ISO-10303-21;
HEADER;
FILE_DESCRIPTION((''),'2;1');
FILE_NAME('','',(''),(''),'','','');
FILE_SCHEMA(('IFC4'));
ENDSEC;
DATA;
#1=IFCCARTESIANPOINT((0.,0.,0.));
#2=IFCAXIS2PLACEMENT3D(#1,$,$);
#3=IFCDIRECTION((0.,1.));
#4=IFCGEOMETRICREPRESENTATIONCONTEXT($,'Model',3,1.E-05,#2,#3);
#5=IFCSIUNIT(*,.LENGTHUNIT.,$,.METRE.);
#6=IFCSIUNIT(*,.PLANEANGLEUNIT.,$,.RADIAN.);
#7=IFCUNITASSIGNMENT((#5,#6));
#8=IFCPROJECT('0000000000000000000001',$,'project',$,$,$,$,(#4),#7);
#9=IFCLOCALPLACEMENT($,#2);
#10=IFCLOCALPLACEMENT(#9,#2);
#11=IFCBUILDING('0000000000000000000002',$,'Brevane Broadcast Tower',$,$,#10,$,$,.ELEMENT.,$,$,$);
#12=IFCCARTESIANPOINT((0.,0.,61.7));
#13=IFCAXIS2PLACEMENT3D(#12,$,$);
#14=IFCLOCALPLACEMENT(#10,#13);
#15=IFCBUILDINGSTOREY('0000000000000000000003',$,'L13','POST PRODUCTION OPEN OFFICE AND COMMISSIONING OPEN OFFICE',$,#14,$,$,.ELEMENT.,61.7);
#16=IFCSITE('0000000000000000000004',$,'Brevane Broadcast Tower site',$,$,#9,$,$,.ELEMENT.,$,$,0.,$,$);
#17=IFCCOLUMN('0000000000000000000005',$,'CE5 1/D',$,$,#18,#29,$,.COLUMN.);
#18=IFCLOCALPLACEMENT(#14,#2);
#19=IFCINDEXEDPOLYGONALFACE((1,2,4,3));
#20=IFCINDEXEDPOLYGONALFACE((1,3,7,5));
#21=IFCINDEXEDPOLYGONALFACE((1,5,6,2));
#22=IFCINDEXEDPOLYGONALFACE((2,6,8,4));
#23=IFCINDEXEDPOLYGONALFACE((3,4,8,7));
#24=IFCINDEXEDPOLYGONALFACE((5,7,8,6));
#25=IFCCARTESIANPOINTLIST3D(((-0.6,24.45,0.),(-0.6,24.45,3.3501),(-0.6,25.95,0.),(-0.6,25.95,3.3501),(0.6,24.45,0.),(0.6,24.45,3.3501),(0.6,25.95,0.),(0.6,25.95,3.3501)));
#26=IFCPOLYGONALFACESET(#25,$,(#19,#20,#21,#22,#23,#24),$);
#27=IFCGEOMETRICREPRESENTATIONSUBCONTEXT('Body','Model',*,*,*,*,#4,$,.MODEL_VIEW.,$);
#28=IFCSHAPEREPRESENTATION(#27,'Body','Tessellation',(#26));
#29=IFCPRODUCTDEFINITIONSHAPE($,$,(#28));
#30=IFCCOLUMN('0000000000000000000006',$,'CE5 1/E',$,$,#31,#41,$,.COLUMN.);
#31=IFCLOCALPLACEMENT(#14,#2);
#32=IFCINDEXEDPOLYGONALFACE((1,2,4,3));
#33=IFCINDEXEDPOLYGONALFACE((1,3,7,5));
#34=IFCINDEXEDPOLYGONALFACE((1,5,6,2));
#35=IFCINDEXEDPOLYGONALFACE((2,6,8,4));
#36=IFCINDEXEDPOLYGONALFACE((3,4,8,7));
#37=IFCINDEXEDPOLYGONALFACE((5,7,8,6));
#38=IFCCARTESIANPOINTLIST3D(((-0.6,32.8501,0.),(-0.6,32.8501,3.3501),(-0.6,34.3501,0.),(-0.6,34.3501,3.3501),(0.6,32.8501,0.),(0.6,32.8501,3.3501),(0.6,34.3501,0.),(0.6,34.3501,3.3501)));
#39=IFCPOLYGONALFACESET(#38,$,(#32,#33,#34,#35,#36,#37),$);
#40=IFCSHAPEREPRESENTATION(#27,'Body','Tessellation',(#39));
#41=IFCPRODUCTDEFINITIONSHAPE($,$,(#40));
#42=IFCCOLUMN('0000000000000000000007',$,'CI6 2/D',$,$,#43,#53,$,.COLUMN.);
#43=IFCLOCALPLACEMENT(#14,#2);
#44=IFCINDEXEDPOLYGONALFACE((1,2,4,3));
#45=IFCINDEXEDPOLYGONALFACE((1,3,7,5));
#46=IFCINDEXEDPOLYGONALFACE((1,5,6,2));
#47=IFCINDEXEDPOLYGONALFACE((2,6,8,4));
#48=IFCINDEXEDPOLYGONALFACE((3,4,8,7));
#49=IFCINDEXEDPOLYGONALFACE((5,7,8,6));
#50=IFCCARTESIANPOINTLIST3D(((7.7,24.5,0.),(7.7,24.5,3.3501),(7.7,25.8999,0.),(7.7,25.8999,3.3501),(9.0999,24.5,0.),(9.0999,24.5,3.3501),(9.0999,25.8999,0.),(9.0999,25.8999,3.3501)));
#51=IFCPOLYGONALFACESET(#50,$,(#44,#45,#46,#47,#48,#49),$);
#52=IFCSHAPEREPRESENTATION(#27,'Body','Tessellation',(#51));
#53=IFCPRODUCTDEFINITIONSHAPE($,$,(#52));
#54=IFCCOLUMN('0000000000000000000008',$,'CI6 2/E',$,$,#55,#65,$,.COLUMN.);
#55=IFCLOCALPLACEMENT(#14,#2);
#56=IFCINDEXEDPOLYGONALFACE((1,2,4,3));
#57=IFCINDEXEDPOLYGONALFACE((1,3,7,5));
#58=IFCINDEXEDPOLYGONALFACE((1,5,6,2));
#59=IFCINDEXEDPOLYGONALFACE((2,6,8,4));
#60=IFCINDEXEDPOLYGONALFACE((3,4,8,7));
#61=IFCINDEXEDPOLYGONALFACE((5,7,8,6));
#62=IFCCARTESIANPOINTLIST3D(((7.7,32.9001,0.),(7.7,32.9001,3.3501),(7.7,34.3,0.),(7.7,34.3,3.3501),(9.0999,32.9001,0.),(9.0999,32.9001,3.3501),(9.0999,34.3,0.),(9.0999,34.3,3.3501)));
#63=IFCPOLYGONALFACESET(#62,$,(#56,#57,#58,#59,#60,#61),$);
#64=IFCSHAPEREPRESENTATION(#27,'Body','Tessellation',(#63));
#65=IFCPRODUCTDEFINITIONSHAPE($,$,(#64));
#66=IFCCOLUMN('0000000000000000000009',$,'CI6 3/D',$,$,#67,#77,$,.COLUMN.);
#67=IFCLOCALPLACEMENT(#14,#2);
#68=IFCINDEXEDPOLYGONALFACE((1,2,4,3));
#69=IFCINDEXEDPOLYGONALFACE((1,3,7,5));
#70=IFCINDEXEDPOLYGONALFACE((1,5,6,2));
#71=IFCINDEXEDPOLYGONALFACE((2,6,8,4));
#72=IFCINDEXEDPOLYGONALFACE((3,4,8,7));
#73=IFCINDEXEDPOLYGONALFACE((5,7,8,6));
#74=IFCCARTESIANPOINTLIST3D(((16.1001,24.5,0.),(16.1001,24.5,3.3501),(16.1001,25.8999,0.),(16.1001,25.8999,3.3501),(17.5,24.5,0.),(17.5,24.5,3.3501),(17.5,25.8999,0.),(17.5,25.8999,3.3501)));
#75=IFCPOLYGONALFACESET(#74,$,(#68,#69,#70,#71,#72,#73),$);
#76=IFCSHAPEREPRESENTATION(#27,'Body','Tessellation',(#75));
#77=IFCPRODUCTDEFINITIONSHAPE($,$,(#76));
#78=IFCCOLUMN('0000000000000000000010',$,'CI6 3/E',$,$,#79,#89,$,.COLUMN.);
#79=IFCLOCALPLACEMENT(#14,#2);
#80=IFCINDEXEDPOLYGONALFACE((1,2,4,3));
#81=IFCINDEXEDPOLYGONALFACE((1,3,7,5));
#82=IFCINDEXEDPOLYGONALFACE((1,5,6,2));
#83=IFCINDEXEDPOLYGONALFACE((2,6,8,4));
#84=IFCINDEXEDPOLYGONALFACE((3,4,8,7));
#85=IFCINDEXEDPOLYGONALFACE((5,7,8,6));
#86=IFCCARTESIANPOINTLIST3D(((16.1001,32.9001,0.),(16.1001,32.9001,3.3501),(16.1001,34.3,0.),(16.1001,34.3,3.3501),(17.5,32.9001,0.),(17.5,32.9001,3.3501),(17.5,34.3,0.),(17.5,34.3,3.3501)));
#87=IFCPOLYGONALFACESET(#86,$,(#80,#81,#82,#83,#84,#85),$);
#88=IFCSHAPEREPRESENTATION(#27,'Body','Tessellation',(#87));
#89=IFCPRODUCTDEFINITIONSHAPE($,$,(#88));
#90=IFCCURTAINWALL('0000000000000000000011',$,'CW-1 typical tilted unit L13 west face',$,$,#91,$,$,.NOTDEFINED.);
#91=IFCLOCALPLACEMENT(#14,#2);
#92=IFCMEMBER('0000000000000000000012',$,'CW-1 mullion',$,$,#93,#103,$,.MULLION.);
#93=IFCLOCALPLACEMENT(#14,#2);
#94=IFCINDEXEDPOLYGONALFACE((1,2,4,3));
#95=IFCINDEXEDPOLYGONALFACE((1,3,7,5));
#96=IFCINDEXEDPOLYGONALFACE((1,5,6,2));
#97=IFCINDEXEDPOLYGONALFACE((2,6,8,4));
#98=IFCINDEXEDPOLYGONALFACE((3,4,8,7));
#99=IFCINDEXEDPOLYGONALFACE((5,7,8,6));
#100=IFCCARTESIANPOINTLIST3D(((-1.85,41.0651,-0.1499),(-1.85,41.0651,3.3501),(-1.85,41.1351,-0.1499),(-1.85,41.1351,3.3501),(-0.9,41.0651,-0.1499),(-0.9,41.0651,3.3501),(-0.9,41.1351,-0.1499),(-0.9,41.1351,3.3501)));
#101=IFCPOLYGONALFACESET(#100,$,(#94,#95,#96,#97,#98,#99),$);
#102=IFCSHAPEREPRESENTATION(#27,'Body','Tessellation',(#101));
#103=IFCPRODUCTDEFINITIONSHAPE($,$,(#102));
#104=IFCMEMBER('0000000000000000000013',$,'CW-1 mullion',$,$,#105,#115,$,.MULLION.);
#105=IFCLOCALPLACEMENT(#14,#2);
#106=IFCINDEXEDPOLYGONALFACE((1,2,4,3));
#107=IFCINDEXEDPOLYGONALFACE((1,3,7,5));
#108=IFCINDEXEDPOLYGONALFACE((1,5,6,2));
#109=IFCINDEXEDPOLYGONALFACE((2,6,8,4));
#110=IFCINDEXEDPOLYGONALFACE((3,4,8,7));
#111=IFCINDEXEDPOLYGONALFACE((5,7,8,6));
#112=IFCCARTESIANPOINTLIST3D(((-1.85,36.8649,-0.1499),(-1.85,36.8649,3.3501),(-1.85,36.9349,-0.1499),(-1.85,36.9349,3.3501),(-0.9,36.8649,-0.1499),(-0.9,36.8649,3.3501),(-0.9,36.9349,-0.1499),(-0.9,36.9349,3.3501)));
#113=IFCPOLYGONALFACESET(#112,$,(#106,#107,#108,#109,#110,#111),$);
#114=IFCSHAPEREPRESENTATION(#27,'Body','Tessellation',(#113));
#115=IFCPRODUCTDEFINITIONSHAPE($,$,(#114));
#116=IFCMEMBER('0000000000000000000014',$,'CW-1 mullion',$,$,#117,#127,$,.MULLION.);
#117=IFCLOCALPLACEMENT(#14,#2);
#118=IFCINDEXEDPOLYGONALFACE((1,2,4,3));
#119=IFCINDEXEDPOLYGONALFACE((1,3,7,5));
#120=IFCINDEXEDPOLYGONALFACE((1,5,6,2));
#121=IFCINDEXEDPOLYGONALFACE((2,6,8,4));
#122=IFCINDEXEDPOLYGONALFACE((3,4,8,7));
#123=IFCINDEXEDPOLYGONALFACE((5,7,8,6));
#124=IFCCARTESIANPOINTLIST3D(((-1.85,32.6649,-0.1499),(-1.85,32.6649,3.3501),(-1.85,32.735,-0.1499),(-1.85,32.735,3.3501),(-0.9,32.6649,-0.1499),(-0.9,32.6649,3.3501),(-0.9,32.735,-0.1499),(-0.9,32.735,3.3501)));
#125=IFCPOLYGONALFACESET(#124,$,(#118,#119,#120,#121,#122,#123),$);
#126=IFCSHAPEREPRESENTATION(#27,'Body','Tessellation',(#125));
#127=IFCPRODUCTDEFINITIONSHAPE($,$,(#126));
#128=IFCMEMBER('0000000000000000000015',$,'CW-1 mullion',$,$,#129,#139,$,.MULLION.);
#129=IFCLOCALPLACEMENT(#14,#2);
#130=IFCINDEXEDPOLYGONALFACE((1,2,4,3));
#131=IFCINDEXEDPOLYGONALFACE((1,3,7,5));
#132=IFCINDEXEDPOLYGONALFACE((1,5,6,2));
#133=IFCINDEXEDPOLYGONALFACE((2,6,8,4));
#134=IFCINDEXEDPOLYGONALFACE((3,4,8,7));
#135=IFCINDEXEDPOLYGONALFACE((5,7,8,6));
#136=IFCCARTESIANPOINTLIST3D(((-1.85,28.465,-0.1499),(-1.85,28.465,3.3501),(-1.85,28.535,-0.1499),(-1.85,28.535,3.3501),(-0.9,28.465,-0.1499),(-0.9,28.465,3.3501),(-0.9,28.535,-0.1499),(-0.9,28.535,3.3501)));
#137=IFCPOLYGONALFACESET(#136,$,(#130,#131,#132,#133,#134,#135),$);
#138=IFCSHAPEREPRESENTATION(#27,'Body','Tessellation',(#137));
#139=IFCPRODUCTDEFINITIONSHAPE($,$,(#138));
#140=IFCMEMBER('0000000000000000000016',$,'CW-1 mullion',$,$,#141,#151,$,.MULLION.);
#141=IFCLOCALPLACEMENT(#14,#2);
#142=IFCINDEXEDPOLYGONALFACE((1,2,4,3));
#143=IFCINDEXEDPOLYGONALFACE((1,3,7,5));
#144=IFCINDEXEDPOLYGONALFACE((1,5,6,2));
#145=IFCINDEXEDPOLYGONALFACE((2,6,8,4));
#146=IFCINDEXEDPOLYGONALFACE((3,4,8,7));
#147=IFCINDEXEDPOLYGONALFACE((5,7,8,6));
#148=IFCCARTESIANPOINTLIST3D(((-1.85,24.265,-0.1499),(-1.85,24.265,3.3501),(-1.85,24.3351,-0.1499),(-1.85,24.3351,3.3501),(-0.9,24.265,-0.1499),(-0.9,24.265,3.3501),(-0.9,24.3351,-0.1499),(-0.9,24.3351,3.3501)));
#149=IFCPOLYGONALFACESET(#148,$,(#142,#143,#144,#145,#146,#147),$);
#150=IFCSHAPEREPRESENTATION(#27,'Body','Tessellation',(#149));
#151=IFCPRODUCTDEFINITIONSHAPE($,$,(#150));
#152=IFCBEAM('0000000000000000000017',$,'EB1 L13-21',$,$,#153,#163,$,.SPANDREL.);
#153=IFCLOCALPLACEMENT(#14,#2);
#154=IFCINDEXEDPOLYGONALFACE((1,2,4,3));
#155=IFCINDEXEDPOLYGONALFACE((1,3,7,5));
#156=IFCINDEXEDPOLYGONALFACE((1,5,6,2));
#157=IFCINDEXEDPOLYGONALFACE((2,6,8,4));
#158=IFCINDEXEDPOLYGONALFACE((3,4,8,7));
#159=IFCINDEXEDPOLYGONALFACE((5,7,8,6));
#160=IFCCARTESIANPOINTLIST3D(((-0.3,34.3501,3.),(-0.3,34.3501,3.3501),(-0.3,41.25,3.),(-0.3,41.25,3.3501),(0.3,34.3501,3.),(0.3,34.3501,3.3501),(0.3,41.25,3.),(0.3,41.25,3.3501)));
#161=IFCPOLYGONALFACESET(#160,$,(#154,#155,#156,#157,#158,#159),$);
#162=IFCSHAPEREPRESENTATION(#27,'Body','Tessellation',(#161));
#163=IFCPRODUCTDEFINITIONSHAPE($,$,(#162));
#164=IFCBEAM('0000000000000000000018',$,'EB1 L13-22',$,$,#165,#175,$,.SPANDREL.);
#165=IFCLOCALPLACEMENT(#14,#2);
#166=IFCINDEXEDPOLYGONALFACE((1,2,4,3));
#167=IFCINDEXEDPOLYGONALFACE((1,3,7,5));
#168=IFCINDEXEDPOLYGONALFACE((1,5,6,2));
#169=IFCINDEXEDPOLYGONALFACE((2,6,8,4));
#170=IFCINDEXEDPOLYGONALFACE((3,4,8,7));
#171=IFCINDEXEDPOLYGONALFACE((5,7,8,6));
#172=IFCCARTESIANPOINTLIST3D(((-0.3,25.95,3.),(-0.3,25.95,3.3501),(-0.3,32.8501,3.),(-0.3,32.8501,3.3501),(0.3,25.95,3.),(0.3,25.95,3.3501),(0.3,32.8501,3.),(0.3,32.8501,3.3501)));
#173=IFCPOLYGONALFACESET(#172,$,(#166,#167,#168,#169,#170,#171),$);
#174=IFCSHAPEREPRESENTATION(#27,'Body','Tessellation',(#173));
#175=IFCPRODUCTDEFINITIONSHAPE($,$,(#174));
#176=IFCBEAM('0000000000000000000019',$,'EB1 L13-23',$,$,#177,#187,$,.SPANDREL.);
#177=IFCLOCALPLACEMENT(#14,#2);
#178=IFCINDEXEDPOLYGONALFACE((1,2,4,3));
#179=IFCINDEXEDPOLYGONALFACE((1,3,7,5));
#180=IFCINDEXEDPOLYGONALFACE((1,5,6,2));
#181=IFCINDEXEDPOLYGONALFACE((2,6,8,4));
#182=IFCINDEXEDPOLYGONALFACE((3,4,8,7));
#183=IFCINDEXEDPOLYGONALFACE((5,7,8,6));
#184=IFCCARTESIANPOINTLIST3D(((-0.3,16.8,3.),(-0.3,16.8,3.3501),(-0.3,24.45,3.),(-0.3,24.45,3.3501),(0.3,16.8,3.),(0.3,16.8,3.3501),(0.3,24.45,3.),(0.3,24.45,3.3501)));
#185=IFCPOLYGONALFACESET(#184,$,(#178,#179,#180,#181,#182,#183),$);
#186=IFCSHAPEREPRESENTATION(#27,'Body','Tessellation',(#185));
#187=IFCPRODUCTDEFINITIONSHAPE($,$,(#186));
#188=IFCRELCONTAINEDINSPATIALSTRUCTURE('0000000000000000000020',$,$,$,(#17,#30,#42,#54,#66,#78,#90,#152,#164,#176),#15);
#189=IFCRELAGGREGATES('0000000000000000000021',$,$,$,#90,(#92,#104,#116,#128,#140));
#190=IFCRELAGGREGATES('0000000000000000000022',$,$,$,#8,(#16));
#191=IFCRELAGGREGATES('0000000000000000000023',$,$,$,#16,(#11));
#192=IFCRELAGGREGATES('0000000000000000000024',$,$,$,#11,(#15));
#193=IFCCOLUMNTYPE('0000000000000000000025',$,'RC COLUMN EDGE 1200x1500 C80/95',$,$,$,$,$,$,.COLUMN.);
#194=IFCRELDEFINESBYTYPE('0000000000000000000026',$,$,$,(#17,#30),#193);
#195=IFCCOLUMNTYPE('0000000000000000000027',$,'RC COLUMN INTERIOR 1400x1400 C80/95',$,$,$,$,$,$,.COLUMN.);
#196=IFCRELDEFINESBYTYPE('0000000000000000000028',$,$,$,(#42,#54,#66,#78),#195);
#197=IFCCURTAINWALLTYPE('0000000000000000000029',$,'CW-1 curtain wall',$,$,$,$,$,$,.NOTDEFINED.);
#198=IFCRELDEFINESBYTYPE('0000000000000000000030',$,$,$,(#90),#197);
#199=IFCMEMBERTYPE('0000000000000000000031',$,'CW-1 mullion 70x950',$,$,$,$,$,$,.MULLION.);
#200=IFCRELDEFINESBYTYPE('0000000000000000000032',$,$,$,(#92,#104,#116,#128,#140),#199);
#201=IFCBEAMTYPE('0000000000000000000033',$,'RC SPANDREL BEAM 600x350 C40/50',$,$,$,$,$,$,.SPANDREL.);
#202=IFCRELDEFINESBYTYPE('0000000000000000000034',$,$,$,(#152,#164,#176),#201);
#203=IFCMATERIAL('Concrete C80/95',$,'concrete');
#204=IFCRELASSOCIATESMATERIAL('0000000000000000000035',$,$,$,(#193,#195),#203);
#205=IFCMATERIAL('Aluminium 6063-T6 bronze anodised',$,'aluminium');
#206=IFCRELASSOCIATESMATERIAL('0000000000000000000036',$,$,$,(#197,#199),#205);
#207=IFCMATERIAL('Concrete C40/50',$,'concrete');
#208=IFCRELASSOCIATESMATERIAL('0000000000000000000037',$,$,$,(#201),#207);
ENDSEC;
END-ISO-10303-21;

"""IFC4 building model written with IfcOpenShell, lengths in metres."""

from ifc_helpers import new_model, si_unit, direction, frame, origin, origin_2d, place, context, subcontext, project, spatial, rectangle, extrude, material, material_profile, profile_set, type_object, element, aggregate, save


model = new_model("IFC4")

# Units and contexts
model_context = context("Model", 3, precision=1e-05, world=origin(), true_north=direction((0.0, 1.0)))
body_context = subcontext(model_context, "Body", "Model", "MODEL_VIEW")
ifc_project = project(units=[si_unit("LENGTHUNIT", "METRE"), si_unit("PLANEANGLEUNIT", "RADIAN")], contexts=[model_context])

# Site, building, storey
site_placement = place(None, origin())
site = spatial("IfcSite", under=ifc_project, at=site_placement, Name="Brevane Broadcast Tower site", CompositionType="ELEMENT", RefElevation=0.0)
building_placement = place(site_placement, origin())
building = spatial("IfcBuilding", under=site, at=building_placement, Name="Brevane Broadcast Tower", CompositionType="ELEMENT")
storey_placement = place(building_placement, frame((0.0, 0.0, 61.7)))
storey = spatial("IfcBuildingStorey", under=building, at=storey_placement, Name="L13", Description="POST PRODUCTION OPEN OFFICE AND COMMISSIONING OPEN OFFICE", CompositionType="ELEMENT", Elevation=61.7)

# Columns
ifc_material_1 = material(Name="Concrete C80/95", Category="concrete")
ifc_material_profile_1 = material_profile(ifc_material_1, rectangle(XDim=1.2, YDim=1.5, at=origin_2d()), Name="RC 1200x1500")
ifc_profile_set_1 = profile_set([ifc_material_profile_1], Name="Concrete C80/95")
column_type_1 = type_object("IfcColumnType", Name="RC COLUMN EDGE 1200x1500 C80/95", PredefinedType="COLUMN", material=ifc_profile_set_1)
for number, where, z_axis, x_axis, name in (
    (1, (0.0, 25.2, 0.0), (0.0, 0.0, 1.0), (1.0, 0.0, 0.0), "CE5 1/D"),
    (2, (0.0, 33.6001, 0.0), (0.0, 0.0, 1.0), (1.0, 0.0, 0.0), "CE5 1/E"),
):
    element("IfcColumn", number, at=place(storey_placement, frame(where, z_axis=z_axis, x_axis=x_axis)), inside=storey, type_object=column_type_1, Name=name, PredefinedType="COLUMN", context=body_context, shape_type="SweptSolid", body=[
        extrude(rectangle(XDim=1.2, YDim=1.5, at=origin_2d()), origin(), (0.0, 0.0, 1.0), 3.3501),
    ])
ifc_material_profile_2 = material_profile(ifc_material_1, rectangle(XDim=1.3999, YDim=1.3999, at=origin_2d()), Name="RC 1400x1400")
ifc_profile_set_2 = profile_set([ifc_material_profile_2], Name="Concrete C80/95")
column_type_2 = type_object("IfcColumnType", Name="RC COLUMN INTERIOR 1400x1400 C80/95", PredefinedType="COLUMN", material=ifc_profile_set_2)
for number, where, z_axis, x_axis, name in (
    (3, (8.3999, 25.2, 0.0), (0.0, 0.0, 1.0), (1.0, 0.0, 0.0), "CI6 2/D"),
    (4, (8.3999, 33.6001, 0.0), (0.0, 0.0, 1.0), (1.0, 0.0, 0.0), "CI6 2/E"),
    (5, (16.8, 25.2, 0.0), (0.0, 0.0, 1.0), (1.0, 0.0, 0.0), "CI6 3/D"),
    (6, (16.8, 33.6001, 0.0), (0.0, 0.0, 1.0), (1.0, 0.0, 0.0), "CI6 3/E"),
):
    element("IfcColumn", number, at=place(storey_placement, frame(where, z_axis=z_axis, x_axis=x_axis)), inside=storey, type_object=column_type_2, Name=name, PredefinedType="COLUMN", context=body_context, shape_type="SweptSolid", body=[
        extrude(rectangle(XDim=1.3999, YDim=1.3999, at=origin_2d()), origin(), (0.0, 0.0, 1.0), 3.3501),
    ])

# Curtain wall, members
ifc_material_2 = material(Name="Aluminium 6063-T6 bronze anodised", Category="aluminium")
curtain_wall_type = type_object("IfcCurtainWallType", Name="CW-1 curtain wall", PredefinedType="NOTDEFINED", material=ifc_material_2)
curtain_wall_placement = place(storey_placement, origin())
curtain_wall = element("IfcCurtainWall", 7, at=curtain_wall_placement, inside=storey, type_object=curtain_wall_type, Name="CW-1 typical tilted unit L13 west face", PredefinedType="NOTDEFINED")
ifc_material_profile_3 = material_profile(ifc_material_2, rectangle(XDim=0.95, YDim=0.0701, at=origin_2d()), Name="RECT 70x950")
ifc_profile_set_3 = profile_set([ifc_material_profile_3], Name="Aluminium 6063-T6 bronze anodised")
member_type = type_object("IfcMemberType", Name="CW-1 mullion 70x950", PredefinedType="MULLION", material=ifc_profile_set_3)
member_1_placement = place(storey_placement, frame((-1.375, 41.1001, -0.1499), z_axis=(0.0, 0.0, 1.0), x_axis=(1.0, 0.0, 0.0)))
member_1 = element("IfcMember", 8, at=member_1_placement, type_object=member_type, Name="CW-1 mullion", PredefinedType="MULLION", context=body_context, shape_type="SweptSolid", body=[
    extrude(rectangle(XDim=0.95, YDim=0.0701, at=origin_2d()), origin(), (0.0, 0.0, 1.0), 3.5),
])
member_2_placement = place(storey_placement, frame((-1.375, 36.8999, -0.1499), z_axis=(0.0, 0.0, 1.0), x_axis=(1.0, 0.0, 0.0)))
member_2 = element("IfcMember", 9, at=member_2_placement, type_object=member_type, Name="CW-1 mullion", PredefinedType="MULLION", context=body_context, shape_type="SweptSolid", body=[
    extrude(rectangle(XDim=0.95, YDim=0.0701, at=origin_2d()), origin(), (0.0, 0.0, 1.0), 3.5),
])
member_3_placement = place(storey_placement, frame((-1.375, 32.7, -0.1499), z_axis=(0.0, 0.0, 1.0), x_axis=(1.0, 0.0, 0.0)))
member_3 = element("IfcMember", 10, at=member_3_placement, type_object=member_type, Name="CW-1 mullion", PredefinedType="MULLION", context=body_context, shape_type="SweptSolid", body=[
    extrude(rectangle(XDim=0.95, YDim=0.0701, at=origin_2d()), origin(), (0.0, 0.0, 1.0), 3.5),
])
member_4_placement = place(storey_placement, frame((-1.375, 28.5, -0.1499), z_axis=(0.0, 0.0, 1.0), x_axis=(1.0, 0.0, 0.0)))
member_4 = element("IfcMember", 11, at=member_4_placement, type_object=member_type, Name="CW-1 mullion", PredefinedType="MULLION", context=body_context, shape_type="SweptSolid", body=[
    extrude(rectangle(XDim=0.95, YDim=0.0701, at=origin_2d()), origin(), (0.0, 0.0, 1.0), 3.5),
])
member_5_placement = place(storey_placement, frame((-1.375, 24.3, -0.1499), z_axis=(0.0, 0.0, 1.0), x_axis=(1.0, 0.0, 0.0)))
member_5 = element("IfcMember", 12, at=member_5_placement, type_object=member_type, Name="CW-1 mullion", PredefinedType="MULLION", context=body_context, shape_type="SweptSolid", body=[
    extrude(rectangle(XDim=0.95, YDim=0.0701, at=origin_2d()), origin(), (0.0, 0.0, 1.0), 3.5),
])
aggregate(curtain_wall, [member_1, member_2, member_3, member_4, member_5])

# Beams
ifc_material_3 = material(Name="Concrete C40/50", Category="concrete")
ifc_material_profile_4 = material_profile(ifc_material_3, rectangle(XDim=0.6001, YDim=0.3501, at=origin_2d()), Name="RC 600x350")
ifc_profile_set_4 = profile_set([ifc_material_profile_4], Name="Concrete C40/50")
beam_type = type_object("IfcBeamType", Name="RC SPANDREL BEAM 600x350 C40/50", PredefinedType="SPANDREL", material=ifc_profile_set_4)
beam_1_placement = place(storey_placement, frame((0.0, 41.25, 3.175), z_axis=(0.0, -1.0, 0.0), x_axis=(1.0, 0.0, 0.0)))
element("IfcBeam", 13, at=beam_1_placement, inside=storey, type_object=beam_type, Name="EB1 L13-21", PredefinedType="SPANDREL", context=body_context, shape_type="SweptSolid", body=[
    extrude(rectangle(XDim=0.6001, YDim=0.3501, at=origin_2d()), origin(), (0.0, 0.0, 1.0), 6.8999),
])
beam_2_placement = place(storey_placement, frame((0.0, 32.8501, 3.175), z_axis=(0.0, -1.0, 0.0), x_axis=(1.0, 0.0, 0.0)))
element("IfcBeam", 14, at=beam_2_placement, inside=storey, type_object=beam_type, Name="EB1 L13-22", PredefinedType="SPANDREL", context=body_context, shape_type="SweptSolid", body=[
    extrude(rectangle(XDim=0.6001, YDim=0.3501, at=origin_2d()), origin(), (0.0, 0.0, 1.0), 6.9001),
])
beam_3_placement = place(storey_placement, frame((0.0, 24.45, 3.175), z_axis=(0.0, -1.0, 0.0), x_axis=(1.0, 0.0, 0.0)))
element("IfcBeam", 15, at=beam_3_placement, inside=storey, type_object=beam_type, Name="EB1 L13-23", PredefinedType="SPANDREL", context=body_context, shape_type="SweptSolid", body=[
    extrude(rectangle(XDim=0.6001, YDim=0.3501, at=origin_2d()), origin(), (0.0, 0.0, 1.0), 7.6499),
])

save(model, "model.ifc")
